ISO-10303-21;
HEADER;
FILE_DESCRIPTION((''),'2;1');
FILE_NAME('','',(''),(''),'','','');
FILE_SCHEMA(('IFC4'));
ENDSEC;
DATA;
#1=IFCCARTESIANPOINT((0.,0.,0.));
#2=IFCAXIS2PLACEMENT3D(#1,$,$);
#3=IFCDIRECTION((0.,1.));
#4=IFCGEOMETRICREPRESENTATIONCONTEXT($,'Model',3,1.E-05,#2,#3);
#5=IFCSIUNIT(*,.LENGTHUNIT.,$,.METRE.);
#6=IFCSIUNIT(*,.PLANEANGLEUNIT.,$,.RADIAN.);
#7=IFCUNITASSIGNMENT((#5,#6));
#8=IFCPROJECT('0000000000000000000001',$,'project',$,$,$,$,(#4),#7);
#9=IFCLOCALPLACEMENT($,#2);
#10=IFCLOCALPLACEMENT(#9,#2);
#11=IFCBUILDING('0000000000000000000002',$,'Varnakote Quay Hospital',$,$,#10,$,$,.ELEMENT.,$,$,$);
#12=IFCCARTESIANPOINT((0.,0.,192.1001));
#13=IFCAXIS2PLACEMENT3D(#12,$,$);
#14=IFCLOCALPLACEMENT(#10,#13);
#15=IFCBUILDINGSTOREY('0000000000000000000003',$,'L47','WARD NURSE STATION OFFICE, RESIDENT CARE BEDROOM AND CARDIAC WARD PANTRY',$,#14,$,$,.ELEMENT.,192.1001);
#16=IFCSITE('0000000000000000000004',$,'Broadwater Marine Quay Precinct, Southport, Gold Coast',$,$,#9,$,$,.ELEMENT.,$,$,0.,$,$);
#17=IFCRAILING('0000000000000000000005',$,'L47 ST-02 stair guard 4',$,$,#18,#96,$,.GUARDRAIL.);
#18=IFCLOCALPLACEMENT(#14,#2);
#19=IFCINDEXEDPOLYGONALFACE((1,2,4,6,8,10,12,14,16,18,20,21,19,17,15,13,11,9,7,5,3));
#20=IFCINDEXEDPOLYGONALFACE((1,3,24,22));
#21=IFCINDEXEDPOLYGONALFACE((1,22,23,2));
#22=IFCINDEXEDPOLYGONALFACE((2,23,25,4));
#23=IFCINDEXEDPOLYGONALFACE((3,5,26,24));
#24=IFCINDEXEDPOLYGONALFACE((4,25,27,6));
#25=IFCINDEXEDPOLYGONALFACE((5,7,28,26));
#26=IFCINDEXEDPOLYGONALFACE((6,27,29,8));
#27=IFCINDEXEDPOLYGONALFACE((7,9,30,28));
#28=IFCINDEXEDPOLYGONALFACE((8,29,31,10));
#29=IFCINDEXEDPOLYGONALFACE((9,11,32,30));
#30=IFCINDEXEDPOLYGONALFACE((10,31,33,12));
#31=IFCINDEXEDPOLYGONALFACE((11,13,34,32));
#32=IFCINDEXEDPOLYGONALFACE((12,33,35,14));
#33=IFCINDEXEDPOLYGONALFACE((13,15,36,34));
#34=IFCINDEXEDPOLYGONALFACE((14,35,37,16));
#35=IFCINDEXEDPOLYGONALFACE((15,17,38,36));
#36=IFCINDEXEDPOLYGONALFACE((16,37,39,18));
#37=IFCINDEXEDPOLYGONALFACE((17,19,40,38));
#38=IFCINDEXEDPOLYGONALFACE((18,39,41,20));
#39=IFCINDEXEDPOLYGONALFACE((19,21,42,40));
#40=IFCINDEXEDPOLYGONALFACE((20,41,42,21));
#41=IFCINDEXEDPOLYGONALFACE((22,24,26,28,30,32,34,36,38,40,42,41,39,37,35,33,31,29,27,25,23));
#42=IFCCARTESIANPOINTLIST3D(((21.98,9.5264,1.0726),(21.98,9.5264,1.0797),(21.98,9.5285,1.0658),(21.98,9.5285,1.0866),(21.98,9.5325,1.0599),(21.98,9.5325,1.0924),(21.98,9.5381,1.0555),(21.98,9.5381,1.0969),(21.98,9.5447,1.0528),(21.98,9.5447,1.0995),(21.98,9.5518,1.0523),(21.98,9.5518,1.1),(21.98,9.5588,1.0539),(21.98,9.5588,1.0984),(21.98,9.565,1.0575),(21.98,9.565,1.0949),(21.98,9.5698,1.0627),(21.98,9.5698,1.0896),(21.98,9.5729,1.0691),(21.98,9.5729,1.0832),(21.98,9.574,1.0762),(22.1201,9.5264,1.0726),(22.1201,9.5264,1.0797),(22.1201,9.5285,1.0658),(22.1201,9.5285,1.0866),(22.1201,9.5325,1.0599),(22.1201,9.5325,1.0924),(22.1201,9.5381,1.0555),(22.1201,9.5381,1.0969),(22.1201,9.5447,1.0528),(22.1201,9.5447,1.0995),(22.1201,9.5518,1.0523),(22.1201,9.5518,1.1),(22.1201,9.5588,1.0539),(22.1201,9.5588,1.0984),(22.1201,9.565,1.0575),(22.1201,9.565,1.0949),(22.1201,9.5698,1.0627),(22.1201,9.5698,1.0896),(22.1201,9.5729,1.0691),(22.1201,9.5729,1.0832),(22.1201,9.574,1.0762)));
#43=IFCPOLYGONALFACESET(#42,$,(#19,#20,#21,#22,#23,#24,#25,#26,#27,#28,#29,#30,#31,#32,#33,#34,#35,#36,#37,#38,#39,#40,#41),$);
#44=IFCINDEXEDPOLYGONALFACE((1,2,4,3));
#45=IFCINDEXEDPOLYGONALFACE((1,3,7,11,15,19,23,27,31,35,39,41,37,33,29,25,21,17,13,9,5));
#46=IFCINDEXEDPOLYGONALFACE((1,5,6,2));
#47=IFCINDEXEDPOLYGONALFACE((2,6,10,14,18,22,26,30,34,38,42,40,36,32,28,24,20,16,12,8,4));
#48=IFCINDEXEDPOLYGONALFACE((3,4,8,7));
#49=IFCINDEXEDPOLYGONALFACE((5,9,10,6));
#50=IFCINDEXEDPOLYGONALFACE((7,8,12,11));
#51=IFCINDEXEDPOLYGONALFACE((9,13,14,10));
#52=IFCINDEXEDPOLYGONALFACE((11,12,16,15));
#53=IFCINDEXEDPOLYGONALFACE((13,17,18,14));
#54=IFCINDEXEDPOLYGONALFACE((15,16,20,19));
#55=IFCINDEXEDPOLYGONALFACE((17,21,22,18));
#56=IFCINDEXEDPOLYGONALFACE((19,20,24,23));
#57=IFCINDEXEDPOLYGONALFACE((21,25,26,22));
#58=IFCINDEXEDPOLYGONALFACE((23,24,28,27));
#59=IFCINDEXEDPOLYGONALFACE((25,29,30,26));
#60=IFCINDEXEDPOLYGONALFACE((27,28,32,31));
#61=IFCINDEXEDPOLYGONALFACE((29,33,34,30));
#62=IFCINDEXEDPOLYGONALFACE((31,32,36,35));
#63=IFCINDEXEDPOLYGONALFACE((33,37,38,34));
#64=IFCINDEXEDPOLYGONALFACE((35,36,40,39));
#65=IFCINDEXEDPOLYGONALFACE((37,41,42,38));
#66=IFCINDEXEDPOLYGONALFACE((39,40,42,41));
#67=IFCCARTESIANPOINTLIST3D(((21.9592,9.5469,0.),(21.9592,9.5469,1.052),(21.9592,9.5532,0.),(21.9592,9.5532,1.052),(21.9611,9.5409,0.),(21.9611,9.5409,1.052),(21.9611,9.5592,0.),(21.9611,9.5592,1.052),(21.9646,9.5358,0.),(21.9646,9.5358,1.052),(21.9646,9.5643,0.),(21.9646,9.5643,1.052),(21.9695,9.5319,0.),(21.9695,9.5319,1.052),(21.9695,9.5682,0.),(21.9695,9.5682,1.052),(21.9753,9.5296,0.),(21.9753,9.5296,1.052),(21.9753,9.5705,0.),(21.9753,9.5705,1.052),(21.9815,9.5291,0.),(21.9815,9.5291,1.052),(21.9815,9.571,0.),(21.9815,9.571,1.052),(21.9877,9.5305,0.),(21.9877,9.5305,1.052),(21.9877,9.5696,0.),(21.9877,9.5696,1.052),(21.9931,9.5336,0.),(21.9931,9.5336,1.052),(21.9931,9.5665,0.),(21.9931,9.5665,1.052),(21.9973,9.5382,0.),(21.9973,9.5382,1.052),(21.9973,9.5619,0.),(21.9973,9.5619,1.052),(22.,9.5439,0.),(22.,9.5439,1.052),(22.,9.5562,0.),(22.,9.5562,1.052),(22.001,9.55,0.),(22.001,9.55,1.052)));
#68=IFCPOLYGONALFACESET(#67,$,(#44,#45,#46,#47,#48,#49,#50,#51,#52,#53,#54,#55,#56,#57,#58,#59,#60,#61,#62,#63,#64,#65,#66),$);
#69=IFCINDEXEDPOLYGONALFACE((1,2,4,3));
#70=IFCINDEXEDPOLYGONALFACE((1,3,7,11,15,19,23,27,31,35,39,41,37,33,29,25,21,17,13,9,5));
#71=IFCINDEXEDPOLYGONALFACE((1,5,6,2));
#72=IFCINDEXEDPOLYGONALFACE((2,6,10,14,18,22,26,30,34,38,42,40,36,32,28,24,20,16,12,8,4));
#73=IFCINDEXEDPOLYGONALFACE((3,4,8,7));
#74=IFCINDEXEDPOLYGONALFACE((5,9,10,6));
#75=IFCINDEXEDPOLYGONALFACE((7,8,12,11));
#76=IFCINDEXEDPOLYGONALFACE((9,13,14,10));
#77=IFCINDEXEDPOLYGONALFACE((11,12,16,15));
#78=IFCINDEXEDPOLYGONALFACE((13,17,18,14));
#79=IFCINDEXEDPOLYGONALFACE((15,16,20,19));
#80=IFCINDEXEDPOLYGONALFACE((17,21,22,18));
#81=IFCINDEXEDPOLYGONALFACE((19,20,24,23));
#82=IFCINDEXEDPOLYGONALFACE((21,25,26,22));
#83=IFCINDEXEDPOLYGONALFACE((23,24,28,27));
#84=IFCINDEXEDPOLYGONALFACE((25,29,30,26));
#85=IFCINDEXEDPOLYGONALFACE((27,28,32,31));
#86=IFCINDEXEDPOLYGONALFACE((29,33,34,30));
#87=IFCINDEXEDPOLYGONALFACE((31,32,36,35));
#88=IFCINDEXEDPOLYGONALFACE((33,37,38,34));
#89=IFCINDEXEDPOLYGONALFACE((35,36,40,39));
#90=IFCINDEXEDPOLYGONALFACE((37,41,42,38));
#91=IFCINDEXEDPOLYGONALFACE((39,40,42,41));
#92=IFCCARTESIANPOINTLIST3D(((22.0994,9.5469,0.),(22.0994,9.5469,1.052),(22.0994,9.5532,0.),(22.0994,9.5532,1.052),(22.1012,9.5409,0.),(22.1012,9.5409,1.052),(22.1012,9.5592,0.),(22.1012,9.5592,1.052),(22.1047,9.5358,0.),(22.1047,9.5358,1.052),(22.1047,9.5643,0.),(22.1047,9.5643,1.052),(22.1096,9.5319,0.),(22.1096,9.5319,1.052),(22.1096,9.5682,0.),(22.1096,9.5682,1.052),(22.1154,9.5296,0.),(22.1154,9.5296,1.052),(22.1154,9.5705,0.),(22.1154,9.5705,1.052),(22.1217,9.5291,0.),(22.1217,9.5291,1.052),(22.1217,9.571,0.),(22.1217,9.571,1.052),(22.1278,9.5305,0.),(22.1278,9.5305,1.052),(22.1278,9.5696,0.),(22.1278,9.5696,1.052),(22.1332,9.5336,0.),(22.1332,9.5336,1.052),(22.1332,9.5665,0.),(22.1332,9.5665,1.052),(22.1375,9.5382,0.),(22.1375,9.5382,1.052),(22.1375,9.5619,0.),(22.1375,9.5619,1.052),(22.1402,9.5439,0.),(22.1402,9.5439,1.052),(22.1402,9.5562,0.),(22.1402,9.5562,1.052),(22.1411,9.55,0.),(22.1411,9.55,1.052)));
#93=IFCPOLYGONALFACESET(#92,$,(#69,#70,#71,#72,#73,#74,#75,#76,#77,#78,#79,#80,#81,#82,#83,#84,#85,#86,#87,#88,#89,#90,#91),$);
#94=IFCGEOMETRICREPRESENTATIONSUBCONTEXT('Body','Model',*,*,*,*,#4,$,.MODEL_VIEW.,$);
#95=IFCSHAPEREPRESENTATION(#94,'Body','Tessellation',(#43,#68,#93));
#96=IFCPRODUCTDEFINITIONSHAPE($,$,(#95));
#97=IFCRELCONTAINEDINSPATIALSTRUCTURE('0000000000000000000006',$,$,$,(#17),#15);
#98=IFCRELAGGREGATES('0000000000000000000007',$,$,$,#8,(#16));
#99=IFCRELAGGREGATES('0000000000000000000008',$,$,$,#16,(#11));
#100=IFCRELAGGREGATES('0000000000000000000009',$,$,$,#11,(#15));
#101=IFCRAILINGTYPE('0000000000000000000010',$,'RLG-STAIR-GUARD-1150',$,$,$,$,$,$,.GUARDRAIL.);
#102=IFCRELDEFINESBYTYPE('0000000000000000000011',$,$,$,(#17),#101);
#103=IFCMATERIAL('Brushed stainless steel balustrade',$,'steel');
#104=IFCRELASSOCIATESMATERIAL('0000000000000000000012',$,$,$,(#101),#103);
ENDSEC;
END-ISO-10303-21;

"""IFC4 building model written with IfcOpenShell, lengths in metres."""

from ifc_helpers import new_model, si_unit, direction, frame, origin, origin_2d, place, context, subcontext, project, spatial, circle, extrude, material, type_object, element, save


model = new_model("IFC4")

# Units and contexts
model_context = context("Model", 3, precision=1e-05, world=origin(), true_north=direction((0.0, 1.0)))
body_context = subcontext(model_context, "Body", "Model", "MODEL_VIEW")
ifc_project = project(units=[si_unit("LENGTHUNIT", "METRE"), si_unit("PLANEANGLEUNIT", "RADIAN")], contexts=[model_context])

# Site, building, storey
site_placement = place(None, origin())
site = spatial("IfcSite", under=ifc_project, at=site_placement, Name="Broadwater Marine Quay Precinct, Southport, Gold Coast", CompositionType="ELEMENT", RefElevation=0.0)
building_placement = place(site_placement, origin())
building = spatial("IfcBuilding", under=site, at=building_placement, Name="Varnakote Quay Hospital", CompositionType="ELEMENT")
storey_placement = place(building_placement, frame((0.0, 0.0, 192.1001)))
storey = spatial("IfcBuildingStorey", under=building, at=storey_placement, Name="L47", Description="WARD NURSE STATION OFFICE, RESIDENT CARE BEDROOM AND CARDIAC WARD PANTRY", CompositionType="ELEMENT", Elevation=192.1001)

# Railing
ifc_material_1 = material(Name="Brushed stainless steel balustrade", Category="steel")
railing_type_1 = type_object("IfcRailingType", Name="RLG-STAIR-GUARD-1150", PredefinedType="GUARDRAIL", material=ifc_material_1)
railing_1_placement = place(storey_placement, frame((21.98, 9.55, 0.0)))
element("IfcRailing", 1, at=railing_1_placement, inside=storey, type_object=railing_type_1, Name="L47 ST-02 stair guard 4", PredefinedType="GUARDRAIL", context=body_context, shape_type="SweptSolid", body=[
    extrude(circle(Radius=0.0239, at=origin_2d()), frame((0.0, 0.0, 1.0762), z_axis=(1.0, 0.0, 0.0), x_axis=(0.0, 1.0, 0.0)), (0.0, 0.0, 1.0), 0.1401),
    extrude(circle(Radius=0.021, at=origin_2d()), origin(), (0.0, 0.0, 1.0), 1.052),
    extrude(circle(Radius=0.021, at=origin_2d()), frame((0.1401, 0.0, 0.0)), (0.0, 0.0, 1.0), 1.052),
])

save(model, "model.ifc")
